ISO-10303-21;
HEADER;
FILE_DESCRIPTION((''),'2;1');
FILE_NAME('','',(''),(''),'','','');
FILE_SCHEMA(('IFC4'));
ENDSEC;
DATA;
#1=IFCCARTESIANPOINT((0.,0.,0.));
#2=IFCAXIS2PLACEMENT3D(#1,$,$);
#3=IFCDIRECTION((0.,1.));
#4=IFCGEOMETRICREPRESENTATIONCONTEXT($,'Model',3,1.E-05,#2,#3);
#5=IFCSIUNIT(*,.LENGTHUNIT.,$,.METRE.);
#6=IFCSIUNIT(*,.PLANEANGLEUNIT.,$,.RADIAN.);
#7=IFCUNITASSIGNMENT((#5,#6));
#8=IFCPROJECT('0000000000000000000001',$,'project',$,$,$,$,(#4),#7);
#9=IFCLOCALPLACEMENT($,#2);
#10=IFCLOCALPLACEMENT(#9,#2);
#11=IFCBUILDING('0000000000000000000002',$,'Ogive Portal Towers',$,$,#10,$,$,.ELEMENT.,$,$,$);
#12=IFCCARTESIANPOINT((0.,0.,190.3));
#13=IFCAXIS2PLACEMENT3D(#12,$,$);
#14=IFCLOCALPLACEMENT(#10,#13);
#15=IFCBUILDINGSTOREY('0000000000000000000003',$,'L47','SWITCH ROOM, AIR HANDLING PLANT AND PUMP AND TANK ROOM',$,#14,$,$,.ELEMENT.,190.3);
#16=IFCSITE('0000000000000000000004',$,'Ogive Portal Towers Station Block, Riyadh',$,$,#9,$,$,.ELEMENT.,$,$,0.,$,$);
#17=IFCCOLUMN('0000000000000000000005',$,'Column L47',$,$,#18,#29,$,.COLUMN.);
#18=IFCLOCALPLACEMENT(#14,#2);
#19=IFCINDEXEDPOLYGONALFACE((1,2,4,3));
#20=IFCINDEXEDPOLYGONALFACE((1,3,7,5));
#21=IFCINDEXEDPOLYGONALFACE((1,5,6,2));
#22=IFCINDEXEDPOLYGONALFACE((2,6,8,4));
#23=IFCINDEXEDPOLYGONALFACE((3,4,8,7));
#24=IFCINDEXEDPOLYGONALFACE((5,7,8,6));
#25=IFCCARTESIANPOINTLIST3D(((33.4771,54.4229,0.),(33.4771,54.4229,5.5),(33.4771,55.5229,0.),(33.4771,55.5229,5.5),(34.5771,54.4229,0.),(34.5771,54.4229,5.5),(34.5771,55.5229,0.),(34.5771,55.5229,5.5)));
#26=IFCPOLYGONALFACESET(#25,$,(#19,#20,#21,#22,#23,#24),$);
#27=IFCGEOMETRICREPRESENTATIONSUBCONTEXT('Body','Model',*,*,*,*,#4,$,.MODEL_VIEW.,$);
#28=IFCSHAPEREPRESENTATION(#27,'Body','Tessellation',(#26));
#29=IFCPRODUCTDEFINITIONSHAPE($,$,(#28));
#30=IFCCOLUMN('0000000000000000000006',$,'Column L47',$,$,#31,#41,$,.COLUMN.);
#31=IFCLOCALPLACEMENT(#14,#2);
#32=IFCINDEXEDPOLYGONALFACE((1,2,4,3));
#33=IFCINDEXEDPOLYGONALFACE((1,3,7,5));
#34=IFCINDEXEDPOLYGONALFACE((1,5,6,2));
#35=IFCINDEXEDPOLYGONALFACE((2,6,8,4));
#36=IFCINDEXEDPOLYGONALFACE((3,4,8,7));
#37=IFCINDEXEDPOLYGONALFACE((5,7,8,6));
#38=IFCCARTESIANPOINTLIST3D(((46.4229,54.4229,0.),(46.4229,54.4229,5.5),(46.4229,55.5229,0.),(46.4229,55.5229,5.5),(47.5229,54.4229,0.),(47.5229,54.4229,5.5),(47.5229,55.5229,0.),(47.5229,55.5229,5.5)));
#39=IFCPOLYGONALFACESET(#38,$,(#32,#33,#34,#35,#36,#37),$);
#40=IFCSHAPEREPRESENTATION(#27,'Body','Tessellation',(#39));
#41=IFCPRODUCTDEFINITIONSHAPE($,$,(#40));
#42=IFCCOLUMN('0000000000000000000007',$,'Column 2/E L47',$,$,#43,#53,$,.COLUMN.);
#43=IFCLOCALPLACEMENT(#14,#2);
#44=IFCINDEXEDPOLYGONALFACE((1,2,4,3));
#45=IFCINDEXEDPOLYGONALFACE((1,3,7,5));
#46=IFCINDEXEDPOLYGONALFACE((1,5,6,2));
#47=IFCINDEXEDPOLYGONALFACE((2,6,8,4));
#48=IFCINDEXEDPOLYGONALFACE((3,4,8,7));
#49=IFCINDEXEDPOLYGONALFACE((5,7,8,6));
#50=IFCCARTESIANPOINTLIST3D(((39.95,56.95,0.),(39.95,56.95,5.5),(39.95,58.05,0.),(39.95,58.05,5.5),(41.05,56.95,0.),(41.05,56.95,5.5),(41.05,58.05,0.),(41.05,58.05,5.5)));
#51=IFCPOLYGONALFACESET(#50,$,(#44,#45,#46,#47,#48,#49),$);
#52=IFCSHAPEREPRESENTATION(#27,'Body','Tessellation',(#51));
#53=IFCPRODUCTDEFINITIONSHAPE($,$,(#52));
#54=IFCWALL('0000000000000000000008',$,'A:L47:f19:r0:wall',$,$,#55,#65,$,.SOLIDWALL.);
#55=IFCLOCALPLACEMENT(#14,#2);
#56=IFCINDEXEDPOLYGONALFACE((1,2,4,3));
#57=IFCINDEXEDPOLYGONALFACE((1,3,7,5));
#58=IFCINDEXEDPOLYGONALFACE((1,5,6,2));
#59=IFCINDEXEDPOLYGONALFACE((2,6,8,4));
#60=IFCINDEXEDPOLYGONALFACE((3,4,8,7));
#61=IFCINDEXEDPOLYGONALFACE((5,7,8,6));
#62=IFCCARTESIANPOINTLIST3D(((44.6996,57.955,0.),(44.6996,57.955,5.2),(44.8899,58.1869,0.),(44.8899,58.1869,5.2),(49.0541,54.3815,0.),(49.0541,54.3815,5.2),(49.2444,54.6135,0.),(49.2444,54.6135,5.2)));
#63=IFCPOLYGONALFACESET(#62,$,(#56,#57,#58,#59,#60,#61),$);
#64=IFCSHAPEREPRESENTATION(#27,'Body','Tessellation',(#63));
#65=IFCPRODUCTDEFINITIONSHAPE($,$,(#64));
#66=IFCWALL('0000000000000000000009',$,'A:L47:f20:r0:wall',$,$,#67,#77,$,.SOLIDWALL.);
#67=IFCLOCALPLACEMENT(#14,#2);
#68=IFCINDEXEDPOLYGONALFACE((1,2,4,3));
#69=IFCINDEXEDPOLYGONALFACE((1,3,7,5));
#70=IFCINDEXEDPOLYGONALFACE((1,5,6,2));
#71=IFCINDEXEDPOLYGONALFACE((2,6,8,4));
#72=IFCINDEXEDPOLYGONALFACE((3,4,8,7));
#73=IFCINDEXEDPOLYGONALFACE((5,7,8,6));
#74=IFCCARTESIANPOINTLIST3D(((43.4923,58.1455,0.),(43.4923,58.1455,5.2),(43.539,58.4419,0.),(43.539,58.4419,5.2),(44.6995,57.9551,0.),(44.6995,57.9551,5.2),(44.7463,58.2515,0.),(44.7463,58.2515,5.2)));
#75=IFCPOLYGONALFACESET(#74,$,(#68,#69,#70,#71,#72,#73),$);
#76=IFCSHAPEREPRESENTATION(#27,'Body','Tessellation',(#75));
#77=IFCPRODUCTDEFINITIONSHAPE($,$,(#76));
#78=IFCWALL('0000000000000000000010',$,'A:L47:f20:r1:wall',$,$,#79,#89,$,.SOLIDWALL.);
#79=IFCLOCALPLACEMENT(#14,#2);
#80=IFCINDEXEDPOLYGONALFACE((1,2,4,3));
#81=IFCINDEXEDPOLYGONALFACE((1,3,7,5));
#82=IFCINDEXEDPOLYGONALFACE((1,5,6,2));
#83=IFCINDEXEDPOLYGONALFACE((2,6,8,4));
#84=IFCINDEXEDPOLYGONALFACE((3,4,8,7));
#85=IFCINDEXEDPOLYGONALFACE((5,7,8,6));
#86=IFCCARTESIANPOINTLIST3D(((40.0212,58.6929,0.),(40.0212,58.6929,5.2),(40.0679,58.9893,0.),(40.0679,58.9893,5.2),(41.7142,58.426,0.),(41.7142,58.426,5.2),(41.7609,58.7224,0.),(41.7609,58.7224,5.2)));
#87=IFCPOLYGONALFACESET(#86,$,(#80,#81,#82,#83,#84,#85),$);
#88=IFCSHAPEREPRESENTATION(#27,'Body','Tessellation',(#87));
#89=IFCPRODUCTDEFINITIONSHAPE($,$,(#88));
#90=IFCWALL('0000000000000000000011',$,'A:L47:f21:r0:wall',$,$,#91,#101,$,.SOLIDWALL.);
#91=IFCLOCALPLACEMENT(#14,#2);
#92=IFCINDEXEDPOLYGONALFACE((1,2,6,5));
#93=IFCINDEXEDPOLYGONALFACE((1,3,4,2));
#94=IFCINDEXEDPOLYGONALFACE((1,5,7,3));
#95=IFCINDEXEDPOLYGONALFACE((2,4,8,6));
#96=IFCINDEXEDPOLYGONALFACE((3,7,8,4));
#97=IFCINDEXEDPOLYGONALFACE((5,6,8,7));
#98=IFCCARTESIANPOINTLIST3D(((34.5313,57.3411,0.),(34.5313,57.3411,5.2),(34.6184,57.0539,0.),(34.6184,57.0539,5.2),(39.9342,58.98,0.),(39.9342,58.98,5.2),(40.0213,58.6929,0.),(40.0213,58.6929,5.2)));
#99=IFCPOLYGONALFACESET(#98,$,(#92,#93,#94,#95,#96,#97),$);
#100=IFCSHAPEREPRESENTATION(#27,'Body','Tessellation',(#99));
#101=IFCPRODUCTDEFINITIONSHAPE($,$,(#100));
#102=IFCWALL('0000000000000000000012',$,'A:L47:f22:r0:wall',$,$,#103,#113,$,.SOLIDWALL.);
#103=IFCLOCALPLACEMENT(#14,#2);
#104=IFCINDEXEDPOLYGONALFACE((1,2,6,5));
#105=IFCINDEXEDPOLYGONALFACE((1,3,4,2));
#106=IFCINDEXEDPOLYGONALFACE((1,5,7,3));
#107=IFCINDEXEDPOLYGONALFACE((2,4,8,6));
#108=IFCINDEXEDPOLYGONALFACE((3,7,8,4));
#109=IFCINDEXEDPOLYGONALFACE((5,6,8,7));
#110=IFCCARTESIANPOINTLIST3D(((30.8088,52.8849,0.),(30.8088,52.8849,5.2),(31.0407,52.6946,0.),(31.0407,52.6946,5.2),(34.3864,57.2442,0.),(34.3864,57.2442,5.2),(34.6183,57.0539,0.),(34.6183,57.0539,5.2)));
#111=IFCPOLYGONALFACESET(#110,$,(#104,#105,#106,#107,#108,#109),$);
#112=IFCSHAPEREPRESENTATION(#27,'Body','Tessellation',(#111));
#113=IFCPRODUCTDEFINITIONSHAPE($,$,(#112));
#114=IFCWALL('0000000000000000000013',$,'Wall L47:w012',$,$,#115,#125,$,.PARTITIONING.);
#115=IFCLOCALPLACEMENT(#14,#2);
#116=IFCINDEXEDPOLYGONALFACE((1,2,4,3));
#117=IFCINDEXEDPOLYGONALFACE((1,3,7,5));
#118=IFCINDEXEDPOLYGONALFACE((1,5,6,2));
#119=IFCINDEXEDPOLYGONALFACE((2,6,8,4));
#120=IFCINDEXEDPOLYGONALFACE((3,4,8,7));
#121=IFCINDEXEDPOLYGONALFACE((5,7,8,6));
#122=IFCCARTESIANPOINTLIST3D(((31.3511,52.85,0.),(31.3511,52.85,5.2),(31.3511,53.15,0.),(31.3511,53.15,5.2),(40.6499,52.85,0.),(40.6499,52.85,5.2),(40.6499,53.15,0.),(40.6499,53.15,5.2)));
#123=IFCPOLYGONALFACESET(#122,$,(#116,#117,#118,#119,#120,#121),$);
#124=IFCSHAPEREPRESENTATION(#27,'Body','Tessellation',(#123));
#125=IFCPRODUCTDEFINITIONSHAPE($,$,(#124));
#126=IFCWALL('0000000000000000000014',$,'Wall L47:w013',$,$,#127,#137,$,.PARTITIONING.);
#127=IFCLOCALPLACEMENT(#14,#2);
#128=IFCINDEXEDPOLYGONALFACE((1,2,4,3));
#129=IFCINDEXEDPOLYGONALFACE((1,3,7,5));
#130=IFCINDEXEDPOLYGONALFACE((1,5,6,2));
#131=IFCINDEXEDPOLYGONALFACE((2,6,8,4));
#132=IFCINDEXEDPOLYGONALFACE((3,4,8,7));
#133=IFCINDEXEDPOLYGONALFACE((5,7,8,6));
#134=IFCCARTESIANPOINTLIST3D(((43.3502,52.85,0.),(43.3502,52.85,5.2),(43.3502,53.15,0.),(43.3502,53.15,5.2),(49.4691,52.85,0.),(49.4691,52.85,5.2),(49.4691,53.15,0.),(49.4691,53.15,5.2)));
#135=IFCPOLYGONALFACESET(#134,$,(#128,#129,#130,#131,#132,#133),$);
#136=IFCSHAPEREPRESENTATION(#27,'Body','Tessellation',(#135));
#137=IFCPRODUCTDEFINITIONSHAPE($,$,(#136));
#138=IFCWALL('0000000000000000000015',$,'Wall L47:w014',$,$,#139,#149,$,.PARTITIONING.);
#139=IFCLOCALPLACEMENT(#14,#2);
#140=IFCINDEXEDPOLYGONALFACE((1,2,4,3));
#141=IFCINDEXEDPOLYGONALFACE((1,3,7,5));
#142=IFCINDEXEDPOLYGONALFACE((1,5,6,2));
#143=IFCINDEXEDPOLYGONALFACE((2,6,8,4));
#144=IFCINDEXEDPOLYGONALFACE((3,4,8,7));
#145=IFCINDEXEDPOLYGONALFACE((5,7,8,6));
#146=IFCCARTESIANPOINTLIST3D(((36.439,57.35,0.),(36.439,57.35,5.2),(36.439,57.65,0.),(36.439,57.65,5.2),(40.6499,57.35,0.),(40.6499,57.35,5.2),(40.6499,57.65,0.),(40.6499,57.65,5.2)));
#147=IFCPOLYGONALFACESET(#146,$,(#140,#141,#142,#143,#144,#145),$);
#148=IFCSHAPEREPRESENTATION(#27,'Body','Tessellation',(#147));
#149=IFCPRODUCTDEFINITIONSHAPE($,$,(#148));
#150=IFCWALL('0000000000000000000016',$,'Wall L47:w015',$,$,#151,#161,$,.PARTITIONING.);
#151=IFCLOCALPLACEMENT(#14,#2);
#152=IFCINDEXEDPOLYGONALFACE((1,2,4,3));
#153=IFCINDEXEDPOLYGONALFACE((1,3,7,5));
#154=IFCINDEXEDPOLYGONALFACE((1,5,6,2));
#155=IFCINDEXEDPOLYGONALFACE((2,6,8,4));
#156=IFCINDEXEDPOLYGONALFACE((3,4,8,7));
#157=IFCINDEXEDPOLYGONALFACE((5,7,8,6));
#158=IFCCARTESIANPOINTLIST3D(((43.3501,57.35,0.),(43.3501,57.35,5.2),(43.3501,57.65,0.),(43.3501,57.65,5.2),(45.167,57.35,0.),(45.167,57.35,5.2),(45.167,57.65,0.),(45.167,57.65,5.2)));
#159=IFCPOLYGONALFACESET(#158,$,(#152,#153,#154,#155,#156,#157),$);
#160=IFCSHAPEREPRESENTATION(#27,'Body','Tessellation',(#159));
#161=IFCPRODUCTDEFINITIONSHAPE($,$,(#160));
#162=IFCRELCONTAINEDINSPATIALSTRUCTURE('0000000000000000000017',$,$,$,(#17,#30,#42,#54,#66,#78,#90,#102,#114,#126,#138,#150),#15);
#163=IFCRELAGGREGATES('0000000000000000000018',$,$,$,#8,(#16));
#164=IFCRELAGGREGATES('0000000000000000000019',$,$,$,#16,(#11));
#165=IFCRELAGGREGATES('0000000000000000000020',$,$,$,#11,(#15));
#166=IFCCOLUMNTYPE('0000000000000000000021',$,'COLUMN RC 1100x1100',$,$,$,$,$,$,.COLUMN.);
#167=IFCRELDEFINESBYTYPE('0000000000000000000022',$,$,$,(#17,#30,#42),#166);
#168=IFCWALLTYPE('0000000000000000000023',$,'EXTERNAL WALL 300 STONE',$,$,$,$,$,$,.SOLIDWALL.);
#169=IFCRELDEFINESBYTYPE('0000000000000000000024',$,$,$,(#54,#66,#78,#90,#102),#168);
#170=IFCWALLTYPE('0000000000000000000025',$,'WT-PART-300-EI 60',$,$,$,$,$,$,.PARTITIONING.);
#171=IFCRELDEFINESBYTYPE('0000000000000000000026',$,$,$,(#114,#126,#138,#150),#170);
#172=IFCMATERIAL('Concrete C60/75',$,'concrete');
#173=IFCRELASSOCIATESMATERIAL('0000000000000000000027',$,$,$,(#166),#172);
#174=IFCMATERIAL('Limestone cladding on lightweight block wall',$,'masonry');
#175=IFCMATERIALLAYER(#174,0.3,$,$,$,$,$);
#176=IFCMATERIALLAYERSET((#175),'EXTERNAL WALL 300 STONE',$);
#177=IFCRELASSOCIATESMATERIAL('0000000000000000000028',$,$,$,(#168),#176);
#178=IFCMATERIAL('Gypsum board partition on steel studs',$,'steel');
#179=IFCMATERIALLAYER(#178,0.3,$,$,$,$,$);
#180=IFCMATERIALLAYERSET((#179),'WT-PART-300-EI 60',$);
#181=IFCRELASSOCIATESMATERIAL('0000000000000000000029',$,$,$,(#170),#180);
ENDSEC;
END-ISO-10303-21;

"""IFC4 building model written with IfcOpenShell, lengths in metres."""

from ifc_helpers import new_model, si_unit, direction, frame, frame_2d, origin, origin_2d, place, context, subcontext, project, spatial, rectangle, extrude, material, layer, layer_set, material_profile, profile_set, type_object, element, save


model = new_model("IFC4")

# Units and contexts
model_context = context("Model", 3, precision=1e-05, world=origin(), true_north=direction((0.0, 1.0)))
body_context = subcontext(model_context, "Body", "Model", "MODEL_VIEW")
ifc_project = project(units=[si_unit("LENGTHUNIT", "METRE"), si_unit("PLANEANGLEUNIT", "RADIAN")], contexts=[model_context])

# Site, building, storey
site_placement = place(None, origin())
site = spatial("IfcSite", under=ifc_project, at=site_placement, Name="Ogive Portal Towers Station Block, Riyadh", CompositionType="ELEMENT", RefElevation=0.0)
building_placement = place(site_placement, origin())
building = spatial("IfcBuilding", under=site, at=building_placement, Name="Ogive Portal Towers", CompositionType="ELEMENT")
storey_placement = place(building_placement, frame((0.0, 0.0, 190.3)))
storey = spatial("IfcBuildingStorey", under=building, at=storey_placement, Name="L47", Description="SWITCH ROOM, AIR HANDLING PLANT AND PUMP AND TANK ROOM", CompositionType="ELEMENT", Elevation=190.3)

# Columns
ifc_material_1 = material(Name="Concrete C60/75", Category="concrete")
ifc_material_profile = material_profile(ifc_material_1, rectangle(XDim=1.1001, YDim=1.1001, at=origin_2d()), Name="RC 1100x1100")
ifc_profile_set = profile_set([ifc_material_profile], Name="Concrete C60/75")
column_type = type_object("IfcColumnType", Name="COLUMN RC 1100x1100", PredefinedType="COLUMN", material=ifc_profile_set)
for number, where, z_axis, x_axis, name in (
    (1, (34.0271, 54.9729, 0.0), (0.0, 0.0, 1.0), (1.0, 0.0, 0.0), "Column L47"),
    (2, (46.9729, 54.9729, 0.0), (0.0, 0.0, 1.0), (1.0, 0.0, 0.0), "Column L47"),
    (3, (40.5, 57.5, 0.0), (0.0, 0.0, 1.0), (1.0, 0.0, 0.0), "Column 2/E L47"),
):
    element("IfcColumn", number, at=place(storey_placement, frame(where, z_axis=z_axis, x_axis=x_axis)), inside=storey, type_object=column_type, Name=name, PredefinedType="COLUMN", context=body_context, shape_type="SweptSolid", body=[
        extrude(rectangle(XDim=1.1001, YDim=1.1001, at=origin_2d()), origin(), (0.0, 0.0, 1.0), 5.5),
    ])

# Shared definitions
ifc_material_2 = material(Name="Limestone cladding on lightweight block wall", Category="masonry")

# Walls
ifc_layer_1 = layer(ifc_material_2, 0.3)
ifc_layer_set_1 = layer_set([ifc_layer_1], Name="EXTERNAL WALL 300 STONE")
wall_type_1 = type_object("IfcWallType", Name="EXTERNAL WALL 300 STONE", PredefinedType="SOLIDWALL", material=ifc_layer_set_1)
wall_1_placement = place(storey_placement, frame((49.1492, 54.4976, 0.0), z_axis=(0.0, 0.0, 1.0), x_axis=(-0.773024, 0.634377, 0.0)))
element("IfcWall", 4, at=wall_1_placement, inside=storey, type_object=wall_type_1, Name="A:L47:f19:r0:wall", PredefinedType="SOLIDWALL", context=body_context, shape_type="SweptSolid", body=[
    extrude(rectangle(XDim=5.6331, YDim=0.3, at=frame_2d((2.8164, 0.0))), origin(), (0.0, 0.0, 1.0), 5.2),
])
wall_2_placement = place(storey_placement, frame((44.7229, 58.1033, 0.0), z_axis=(0.0, 0.0, 1.0), x_axis=(-0.987787, 0.155809, 0.0)))
element("IfcWall", 5, at=wall_2_placement, inside=storey, type_object=wall_type_1, Name="A:L47:f20:r0:wall", PredefinedType="SOLIDWALL", context=body_context, shape_type="SweptSolid", body=[
    extrude(rectangle(XDim=1.2222, YDim=0.3, at=frame_2d((0.6111, 0.0))), origin(), (0.0, 0.0, 1.0), 5.2),
])
wall_3_placement = place(storey_placement, frame((41.7375, 58.5742, 0.0), z_axis=(0.0, 0.0, 1.0), x_axis=(-0.987803, 0.155707, 0.0)))
element("IfcWall", 6, at=wall_3_placement, inside=storey, type_object=wall_type_1, Name="A:L47:f20:r1:wall", PredefinedType="SOLIDWALL", context=body_context, shape_type="SweptSolid", body=[
    extrude(rectangle(XDim=1.7139, YDim=0.3, at=frame_2d((0.8569, 0.0))), origin(), (0.0, 0.0, 1.0), 5.2),
])
wall_4_placement = place(storey_placement, frame((39.9778, 58.8364, 0.0), z_axis=(0.0, 0.0, 1.0), x_axis=(-0.956941, -0.290282, 0.0)))
element("IfcWall", 7, at=wall_4_placement, inside=storey, type_object=wall_type_1, Name="A:L47:f21:r0:wall", PredefinedType="SOLIDWALL", context=body_context, shape_type="SweptSolid", body=[
    extrude(rectangle(XDim=5.646, YDim=0.3, at=frame_2d((2.823, 0.0))), origin(), (0.0, 0.0, 1.0), 5.2),
])
wall_5_placement = place(storey_placement, frame((34.5024, 57.1492, 0.0), z_axis=(0.0, 0.0, 1.0), x_axis=(-0.634392, -0.773011, 0.0)))
element("IfcWall", 8, at=wall_5_placement, inside=storey, type_object=wall_type_1, Name="A:L47:f22:r0:wall", PredefinedType="SOLIDWALL", context=body_context, shape_type="SweptSolid", body=[
    extrude(rectangle(XDim=5.6394, YDim=0.3, at=frame_2d((2.8198, 0.0))), origin(), (0.0, 0.0, 1.0), 5.2),
])
ifc_material_3 = material(Name="Gypsum board partition on steel studs", Category="steel")
ifc_layer_2 = layer(ifc_material_3, 0.3)
ifc_layer_set_2 = layer_set([ifc_layer_2], Name="WT-PART-300-EI 60")
wall_type_2 = type_object("IfcWallType", Name="WT-PART-300-EI 60", PredefinedType="PARTITIONING", material=ifc_layer_set_2)
wall_6_placement = place(storey_placement, frame((31.3511, 53.0, 0.0), z_axis=(0.0, 0.0, 1.0), x_axis=(1.0, 0.0, 0.0)))
element("IfcWall", 9, at=wall_6_placement, inside=storey, type_object=wall_type_2, Name="Wall L47:w012", PredefinedType="PARTITIONING", context=body_context, shape_type="SweptSolid", body=[
    extrude(rectangle(XDim=9.2988, YDim=0.3, at=frame_2d((4.6494, 0.0))), origin(), (0.0, 0.0, 1.0), 5.2),
])
wall_7_placement = place(storey_placement, frame((43.3501, 53.0, 0.0), z_axis=(0.0, 0.0, 1.0), x_axis=(1.0, 0.0, 0.0)))
element("IfcWall", 10, at=wall_7_placement, inside=storey, type_object=wall_type_2, Name="Wall L47:w013", PredefinedType="PARTITIONING", context=body_context, shape_type="SweptSolid", body=[
    extrude(rectangle(XDim=6.1189, YDim=0.3, at=frame_2d((3.0596, 0.0))), origin(), (0.0, 0.0, 1.0), 5.2),
])
wall_8_placement = place(storey_placement, frame((36.439, 57.5, 0.0), z_axis=(0.0, 0.0, 1.0), x_axis=(1.0, 0.0, 0.0)))
element("IfcWall", 11, at=wall_8_placement, inside=storey, type_object=wall_type_2, Name="Wall L47:w014", PredefinedType="PARTITIONING", context=body_context, shape_type="SweptSolid", body=[
    extrude(rectangle(XDim=4.2109, YDim=0.3, at=frame_2d((2.1055, 0.0))), origin(), (0.0, 0.0, 1.0), 5.2),
])
wall_9_placement = place(storey_placement, frame((43.3501, 57.5, 0.0), z_axis=(0.0, 0.0, 1.0), x_axis=(1.0, 0.0, 0.0)))
element("IfcWall", 12, at=wall_9_placement, inside=storey, type_object=wall_type_2, Name="Wall L47:w015", PredefinedType="PARTITIONING", context=body_context, shape_type="SweptSolid", body=[
    extrude(rectangle(XDim=1.8169, YDim=0.3, at=frame_2d((0.9084, 0.0))), origin(), (0.0, 0.0, 1.0), 5.2),
])

save(model, "model.ifc")
